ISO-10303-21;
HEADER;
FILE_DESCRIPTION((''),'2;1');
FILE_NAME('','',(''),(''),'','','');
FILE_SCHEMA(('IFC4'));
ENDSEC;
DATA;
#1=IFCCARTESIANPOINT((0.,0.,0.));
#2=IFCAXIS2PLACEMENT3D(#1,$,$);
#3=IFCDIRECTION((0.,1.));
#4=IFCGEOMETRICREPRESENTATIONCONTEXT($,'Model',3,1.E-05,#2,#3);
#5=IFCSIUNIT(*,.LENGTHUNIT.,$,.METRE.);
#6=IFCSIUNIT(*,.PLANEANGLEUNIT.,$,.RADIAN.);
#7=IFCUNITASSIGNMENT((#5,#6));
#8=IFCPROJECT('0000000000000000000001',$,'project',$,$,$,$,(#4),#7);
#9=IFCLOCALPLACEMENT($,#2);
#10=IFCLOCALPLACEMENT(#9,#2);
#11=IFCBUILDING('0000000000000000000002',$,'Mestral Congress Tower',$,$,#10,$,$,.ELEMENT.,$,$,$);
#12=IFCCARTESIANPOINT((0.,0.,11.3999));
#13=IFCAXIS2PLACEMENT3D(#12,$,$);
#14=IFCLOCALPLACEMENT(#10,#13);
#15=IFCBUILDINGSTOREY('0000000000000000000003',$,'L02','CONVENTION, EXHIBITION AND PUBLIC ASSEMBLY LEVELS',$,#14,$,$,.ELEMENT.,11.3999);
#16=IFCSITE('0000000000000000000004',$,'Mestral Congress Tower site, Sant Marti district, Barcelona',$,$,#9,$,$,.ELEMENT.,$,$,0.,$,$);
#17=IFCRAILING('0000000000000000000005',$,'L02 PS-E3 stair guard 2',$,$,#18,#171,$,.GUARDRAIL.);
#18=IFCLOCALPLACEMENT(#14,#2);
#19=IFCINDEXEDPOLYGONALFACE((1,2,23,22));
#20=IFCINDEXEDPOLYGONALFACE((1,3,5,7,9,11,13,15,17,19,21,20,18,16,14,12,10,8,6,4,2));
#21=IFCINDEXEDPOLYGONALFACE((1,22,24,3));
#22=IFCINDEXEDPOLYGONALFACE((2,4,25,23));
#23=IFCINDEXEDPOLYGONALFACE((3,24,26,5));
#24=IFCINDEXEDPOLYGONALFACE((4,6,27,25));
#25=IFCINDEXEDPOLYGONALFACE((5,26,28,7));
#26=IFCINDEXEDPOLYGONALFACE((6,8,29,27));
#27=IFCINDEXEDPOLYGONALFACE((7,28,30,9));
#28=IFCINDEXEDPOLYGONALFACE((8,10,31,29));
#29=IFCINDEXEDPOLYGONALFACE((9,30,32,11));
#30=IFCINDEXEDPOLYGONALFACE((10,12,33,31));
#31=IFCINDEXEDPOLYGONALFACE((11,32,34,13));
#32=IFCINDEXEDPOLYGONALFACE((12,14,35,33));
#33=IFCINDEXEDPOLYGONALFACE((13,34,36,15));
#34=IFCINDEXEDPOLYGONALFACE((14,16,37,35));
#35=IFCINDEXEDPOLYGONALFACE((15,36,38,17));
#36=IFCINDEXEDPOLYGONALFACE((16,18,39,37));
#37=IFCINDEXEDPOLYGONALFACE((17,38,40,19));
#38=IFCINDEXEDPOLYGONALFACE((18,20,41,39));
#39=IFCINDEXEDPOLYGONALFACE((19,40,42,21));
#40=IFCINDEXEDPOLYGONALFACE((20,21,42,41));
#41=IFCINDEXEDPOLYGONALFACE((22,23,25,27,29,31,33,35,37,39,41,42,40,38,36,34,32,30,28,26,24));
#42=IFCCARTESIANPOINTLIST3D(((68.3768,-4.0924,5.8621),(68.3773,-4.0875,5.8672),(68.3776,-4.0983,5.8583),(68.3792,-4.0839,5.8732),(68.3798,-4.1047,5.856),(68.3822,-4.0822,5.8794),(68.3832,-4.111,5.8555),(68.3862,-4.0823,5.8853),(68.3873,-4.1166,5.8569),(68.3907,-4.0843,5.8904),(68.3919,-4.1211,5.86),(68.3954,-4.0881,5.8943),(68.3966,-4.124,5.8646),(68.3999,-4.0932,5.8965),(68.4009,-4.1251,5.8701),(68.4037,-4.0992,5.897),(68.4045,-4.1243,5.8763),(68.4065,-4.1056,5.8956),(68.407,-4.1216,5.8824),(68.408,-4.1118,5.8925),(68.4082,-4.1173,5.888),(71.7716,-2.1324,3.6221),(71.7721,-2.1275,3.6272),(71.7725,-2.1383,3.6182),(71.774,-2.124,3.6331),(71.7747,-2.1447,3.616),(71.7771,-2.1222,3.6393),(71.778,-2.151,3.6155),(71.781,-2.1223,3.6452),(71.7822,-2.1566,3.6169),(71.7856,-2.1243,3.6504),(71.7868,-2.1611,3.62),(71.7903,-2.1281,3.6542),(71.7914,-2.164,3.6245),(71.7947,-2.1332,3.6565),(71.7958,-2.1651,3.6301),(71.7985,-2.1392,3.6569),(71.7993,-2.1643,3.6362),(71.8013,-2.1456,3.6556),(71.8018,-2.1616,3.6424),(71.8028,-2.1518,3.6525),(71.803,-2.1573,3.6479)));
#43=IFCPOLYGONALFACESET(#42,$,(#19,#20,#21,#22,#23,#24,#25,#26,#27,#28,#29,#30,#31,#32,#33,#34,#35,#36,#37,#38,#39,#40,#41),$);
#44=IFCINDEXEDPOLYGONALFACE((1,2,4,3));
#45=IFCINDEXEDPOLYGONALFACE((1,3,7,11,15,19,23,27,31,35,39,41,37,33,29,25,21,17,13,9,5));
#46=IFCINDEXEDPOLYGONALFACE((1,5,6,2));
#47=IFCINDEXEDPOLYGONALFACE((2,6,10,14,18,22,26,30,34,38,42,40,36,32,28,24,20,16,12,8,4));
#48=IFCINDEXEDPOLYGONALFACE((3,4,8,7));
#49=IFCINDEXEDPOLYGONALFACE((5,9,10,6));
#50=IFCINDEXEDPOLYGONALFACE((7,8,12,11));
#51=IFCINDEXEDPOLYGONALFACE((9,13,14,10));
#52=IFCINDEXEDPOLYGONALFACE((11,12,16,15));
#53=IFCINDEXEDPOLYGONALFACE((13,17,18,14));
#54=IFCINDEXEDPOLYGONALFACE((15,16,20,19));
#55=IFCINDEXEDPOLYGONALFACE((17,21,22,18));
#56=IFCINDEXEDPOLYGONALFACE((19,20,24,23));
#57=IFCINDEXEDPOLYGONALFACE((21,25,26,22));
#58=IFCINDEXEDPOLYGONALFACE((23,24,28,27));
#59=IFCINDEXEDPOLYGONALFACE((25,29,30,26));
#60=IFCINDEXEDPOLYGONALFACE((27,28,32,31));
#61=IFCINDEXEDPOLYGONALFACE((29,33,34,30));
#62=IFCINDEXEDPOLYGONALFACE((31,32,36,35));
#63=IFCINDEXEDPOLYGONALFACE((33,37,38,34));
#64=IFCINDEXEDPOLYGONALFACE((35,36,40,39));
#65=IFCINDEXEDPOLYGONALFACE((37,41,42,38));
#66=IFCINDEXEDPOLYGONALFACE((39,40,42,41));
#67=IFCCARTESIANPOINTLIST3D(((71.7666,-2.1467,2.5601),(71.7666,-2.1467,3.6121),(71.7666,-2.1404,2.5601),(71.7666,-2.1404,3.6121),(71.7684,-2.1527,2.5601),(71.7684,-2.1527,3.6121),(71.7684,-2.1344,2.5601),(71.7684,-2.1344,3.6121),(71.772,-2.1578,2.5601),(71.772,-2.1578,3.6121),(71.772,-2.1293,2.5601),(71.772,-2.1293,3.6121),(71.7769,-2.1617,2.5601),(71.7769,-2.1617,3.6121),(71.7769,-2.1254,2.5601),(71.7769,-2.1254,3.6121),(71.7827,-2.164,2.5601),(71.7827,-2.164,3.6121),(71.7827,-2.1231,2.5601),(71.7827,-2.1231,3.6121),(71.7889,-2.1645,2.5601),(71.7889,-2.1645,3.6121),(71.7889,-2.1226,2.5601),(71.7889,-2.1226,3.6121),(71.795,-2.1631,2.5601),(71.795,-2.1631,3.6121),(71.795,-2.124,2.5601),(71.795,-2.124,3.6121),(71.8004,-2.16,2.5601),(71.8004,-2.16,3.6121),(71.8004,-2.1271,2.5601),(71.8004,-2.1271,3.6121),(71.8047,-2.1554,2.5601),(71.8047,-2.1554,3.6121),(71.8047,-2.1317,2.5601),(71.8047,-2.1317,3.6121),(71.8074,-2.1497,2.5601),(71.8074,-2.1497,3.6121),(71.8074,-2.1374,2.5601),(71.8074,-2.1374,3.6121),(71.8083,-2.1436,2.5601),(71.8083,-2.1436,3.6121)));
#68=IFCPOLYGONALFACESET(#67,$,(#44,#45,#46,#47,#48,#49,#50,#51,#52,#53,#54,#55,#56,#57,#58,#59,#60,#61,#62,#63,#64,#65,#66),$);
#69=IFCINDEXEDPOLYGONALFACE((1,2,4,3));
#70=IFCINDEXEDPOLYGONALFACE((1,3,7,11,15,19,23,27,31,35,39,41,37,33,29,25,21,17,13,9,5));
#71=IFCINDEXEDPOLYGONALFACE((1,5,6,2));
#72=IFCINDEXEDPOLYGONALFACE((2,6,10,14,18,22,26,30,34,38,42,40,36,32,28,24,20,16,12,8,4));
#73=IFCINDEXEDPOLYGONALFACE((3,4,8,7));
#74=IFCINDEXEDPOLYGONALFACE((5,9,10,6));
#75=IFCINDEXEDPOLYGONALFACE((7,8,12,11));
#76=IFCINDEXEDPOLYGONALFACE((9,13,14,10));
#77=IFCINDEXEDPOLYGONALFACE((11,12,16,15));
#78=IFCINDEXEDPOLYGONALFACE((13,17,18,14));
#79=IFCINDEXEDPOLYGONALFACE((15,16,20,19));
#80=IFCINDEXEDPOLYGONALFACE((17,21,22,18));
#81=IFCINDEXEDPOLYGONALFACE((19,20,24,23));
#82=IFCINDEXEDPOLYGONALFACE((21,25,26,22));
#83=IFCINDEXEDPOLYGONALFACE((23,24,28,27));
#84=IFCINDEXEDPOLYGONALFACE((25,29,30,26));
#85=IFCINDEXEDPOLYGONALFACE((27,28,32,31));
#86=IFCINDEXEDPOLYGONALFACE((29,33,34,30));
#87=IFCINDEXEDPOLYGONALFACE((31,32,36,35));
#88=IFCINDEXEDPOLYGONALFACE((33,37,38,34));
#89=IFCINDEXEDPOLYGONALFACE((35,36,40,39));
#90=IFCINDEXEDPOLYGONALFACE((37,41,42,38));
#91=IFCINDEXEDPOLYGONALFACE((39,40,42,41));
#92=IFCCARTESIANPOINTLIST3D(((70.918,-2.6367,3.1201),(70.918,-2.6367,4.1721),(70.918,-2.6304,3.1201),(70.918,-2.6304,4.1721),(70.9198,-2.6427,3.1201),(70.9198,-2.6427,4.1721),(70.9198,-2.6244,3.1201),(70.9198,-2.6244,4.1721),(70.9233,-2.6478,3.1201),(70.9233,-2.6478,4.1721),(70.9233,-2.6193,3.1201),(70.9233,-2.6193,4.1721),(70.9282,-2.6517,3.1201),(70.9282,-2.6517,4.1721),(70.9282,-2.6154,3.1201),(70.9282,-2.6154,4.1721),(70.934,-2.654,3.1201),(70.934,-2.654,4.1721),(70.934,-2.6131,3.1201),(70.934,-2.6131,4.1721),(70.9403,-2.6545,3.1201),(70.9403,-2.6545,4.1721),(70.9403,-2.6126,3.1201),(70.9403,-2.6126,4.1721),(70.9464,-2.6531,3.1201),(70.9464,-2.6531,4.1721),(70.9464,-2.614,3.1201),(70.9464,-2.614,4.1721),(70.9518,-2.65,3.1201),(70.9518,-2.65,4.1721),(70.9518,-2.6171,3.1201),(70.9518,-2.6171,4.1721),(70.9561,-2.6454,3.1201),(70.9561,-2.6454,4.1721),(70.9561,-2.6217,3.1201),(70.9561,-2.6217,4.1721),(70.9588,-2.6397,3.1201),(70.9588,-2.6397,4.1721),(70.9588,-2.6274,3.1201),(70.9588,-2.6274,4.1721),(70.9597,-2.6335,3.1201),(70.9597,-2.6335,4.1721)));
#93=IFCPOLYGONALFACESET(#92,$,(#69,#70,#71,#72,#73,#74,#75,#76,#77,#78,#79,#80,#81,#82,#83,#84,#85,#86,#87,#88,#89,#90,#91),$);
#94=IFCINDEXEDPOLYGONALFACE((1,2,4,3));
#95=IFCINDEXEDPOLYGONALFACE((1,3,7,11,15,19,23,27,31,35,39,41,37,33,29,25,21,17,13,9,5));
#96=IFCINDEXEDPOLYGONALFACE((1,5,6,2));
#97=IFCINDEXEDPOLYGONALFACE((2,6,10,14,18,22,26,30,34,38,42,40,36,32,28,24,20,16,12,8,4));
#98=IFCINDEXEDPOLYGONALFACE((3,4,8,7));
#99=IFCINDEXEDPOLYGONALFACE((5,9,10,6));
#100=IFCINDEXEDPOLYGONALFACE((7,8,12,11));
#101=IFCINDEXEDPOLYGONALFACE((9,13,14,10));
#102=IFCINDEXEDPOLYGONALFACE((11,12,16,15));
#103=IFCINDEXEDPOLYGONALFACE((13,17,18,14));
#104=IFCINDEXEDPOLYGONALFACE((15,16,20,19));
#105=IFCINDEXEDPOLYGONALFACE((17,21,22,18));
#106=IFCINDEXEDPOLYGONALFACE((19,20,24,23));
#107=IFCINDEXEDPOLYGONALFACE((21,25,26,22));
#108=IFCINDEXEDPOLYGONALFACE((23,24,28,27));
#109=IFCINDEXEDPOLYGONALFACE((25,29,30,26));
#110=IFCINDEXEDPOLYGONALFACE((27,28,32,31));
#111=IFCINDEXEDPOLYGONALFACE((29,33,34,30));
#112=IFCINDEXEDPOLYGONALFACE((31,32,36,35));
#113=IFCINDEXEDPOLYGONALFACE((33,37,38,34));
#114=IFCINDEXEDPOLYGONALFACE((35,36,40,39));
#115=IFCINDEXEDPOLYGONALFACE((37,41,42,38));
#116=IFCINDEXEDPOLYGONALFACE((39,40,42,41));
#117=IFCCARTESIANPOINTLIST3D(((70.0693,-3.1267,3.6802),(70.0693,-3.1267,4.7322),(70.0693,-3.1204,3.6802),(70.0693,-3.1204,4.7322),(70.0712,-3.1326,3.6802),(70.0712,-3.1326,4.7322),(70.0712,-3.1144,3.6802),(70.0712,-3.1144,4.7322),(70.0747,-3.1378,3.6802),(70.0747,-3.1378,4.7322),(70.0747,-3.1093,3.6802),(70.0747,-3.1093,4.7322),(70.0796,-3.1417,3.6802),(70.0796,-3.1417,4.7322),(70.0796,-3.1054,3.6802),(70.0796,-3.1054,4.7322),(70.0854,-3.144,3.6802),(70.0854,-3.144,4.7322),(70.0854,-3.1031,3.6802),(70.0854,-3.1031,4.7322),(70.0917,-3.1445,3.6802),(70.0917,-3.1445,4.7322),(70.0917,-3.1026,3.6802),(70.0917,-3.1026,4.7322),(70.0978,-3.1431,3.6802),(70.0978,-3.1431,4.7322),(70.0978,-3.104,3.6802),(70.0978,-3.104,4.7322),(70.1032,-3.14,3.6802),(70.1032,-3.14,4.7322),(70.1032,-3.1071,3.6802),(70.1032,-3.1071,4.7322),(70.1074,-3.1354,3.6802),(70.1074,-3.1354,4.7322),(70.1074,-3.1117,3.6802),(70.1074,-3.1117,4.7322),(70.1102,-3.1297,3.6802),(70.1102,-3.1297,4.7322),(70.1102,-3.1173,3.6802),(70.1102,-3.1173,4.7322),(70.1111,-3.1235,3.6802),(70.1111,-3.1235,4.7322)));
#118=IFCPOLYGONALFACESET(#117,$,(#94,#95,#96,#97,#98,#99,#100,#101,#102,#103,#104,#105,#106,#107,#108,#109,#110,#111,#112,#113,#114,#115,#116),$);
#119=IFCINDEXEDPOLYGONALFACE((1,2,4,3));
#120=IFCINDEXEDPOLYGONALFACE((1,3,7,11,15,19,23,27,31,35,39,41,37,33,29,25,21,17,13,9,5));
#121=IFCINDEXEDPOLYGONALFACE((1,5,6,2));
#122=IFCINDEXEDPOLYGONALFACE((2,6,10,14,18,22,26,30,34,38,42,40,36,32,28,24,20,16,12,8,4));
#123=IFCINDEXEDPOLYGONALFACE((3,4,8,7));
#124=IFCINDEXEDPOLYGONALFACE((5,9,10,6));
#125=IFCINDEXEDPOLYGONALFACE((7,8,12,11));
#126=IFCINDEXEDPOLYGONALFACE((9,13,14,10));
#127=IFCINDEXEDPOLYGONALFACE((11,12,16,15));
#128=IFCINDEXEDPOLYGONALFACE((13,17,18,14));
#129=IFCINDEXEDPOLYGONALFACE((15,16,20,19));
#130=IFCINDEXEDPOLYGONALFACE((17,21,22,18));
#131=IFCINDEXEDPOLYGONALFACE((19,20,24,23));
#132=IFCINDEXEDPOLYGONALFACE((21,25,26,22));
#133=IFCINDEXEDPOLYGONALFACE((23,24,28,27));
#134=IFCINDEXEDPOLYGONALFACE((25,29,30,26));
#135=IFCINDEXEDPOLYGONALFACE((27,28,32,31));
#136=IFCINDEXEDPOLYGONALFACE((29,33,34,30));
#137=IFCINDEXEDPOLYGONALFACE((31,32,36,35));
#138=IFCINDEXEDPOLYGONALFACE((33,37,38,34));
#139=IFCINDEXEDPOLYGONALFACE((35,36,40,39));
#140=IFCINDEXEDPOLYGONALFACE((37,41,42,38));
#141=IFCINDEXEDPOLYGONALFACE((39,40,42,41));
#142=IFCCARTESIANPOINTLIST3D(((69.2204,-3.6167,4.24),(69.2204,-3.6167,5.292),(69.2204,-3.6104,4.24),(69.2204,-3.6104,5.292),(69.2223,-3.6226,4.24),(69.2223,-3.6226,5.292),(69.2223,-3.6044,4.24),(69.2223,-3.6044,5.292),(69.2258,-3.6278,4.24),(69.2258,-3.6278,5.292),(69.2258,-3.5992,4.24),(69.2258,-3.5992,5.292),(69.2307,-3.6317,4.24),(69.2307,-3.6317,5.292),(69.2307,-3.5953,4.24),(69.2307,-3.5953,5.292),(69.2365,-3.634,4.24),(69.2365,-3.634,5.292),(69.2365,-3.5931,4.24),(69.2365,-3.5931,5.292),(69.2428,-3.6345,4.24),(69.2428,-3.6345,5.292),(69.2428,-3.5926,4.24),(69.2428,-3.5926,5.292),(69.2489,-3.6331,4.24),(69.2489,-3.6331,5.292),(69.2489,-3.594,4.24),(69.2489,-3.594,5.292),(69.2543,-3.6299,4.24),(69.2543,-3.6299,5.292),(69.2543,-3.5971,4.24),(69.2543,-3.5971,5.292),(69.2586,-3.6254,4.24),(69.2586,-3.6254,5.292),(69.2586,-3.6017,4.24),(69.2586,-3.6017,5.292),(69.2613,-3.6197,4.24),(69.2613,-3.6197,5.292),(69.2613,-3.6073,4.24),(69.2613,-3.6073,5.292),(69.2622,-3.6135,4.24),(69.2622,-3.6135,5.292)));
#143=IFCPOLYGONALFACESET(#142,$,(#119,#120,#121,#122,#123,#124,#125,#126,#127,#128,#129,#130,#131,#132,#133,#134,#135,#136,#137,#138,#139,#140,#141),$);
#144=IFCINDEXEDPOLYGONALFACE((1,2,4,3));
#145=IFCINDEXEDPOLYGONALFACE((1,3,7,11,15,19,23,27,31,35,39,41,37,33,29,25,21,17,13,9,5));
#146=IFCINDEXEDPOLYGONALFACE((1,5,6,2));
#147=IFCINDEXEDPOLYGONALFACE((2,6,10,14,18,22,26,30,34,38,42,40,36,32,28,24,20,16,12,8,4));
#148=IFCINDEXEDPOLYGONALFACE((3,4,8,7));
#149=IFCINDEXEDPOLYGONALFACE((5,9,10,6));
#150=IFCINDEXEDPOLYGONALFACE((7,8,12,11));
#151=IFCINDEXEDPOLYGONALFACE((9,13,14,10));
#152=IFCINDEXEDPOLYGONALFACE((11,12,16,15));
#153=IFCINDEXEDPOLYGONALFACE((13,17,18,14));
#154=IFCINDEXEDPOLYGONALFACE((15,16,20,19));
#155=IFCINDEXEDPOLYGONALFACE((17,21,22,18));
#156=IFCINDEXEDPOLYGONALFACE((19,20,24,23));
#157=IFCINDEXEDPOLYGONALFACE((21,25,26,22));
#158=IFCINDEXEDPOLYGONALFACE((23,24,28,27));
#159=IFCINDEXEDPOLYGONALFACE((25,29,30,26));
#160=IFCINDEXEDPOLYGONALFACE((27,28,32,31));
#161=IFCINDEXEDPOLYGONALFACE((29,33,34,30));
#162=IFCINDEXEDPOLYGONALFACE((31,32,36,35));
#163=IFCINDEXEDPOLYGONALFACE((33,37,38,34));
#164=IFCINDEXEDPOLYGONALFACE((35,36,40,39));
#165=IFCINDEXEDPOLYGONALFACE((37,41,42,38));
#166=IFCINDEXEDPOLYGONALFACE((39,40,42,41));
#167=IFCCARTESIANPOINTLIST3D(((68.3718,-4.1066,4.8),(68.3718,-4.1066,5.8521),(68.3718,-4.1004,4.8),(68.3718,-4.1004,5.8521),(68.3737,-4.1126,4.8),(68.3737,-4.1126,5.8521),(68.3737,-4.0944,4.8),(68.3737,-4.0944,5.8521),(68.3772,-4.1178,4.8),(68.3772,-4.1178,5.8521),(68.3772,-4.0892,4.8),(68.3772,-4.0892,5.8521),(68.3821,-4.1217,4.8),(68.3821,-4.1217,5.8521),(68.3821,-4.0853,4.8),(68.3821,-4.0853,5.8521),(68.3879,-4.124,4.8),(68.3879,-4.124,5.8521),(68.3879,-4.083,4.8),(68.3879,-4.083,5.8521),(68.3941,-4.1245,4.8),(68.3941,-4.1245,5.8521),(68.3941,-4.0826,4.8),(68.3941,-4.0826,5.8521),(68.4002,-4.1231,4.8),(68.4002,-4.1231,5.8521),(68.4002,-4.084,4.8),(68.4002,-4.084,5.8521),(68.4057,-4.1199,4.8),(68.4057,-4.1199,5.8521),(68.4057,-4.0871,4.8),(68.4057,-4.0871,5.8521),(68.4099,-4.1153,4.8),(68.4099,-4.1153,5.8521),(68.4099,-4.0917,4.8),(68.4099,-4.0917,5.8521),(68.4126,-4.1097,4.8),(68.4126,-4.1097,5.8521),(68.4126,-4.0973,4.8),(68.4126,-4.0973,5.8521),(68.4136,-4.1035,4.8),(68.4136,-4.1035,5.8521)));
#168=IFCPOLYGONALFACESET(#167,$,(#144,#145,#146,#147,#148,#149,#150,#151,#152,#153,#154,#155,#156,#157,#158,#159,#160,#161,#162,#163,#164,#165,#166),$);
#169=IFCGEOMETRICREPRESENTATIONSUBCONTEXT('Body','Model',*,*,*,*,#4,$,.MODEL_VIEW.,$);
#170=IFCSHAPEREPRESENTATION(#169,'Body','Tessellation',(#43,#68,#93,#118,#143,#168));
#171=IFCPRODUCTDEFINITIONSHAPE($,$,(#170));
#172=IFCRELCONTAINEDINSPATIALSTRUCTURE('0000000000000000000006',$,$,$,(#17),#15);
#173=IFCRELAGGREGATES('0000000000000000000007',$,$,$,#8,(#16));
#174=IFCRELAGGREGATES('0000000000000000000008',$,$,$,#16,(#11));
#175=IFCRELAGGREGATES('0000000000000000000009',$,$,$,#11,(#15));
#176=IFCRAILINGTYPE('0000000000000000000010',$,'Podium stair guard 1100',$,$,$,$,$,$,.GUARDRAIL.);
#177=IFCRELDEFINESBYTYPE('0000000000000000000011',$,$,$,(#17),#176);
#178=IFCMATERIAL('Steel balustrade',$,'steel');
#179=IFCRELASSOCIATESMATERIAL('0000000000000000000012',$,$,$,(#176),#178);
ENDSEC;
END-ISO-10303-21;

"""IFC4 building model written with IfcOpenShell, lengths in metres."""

from ifc_helpers import new_model, si_unit, direction, frame, origin, origin_2d, place, context, subcontext, project, spatial, circle, extrude, material, type_object, element, save


model = new_model("IFC4")

# Units and contexts
model_context = context("Model", 3, precision=1e-05, world=origin(), true_north=direction((0.0, 1.0)))
body_context = subcontext(model_context, "Body", "Model", "MODEL_VIEW")
ifc_project = project(units=[si_unit("LENGTHUNIT", "METRE"), si_unit("PLANEANGLEUNIT", "RADIAN")], contexts=[model_context])

# Site, building, storey
site_placement = place(None, origin())
site = spatial("IfcSite", under=ifc_project, at=site_placement, Name="Mestral Congress Tower site, Sant Marti district, Barcelona", CompositionType="ELEMENT", RefElevation=0.0)
building_placement = place(site_placement, origin())
building = spatial("IfcBuilding", under=site, at=building_placement, Name="Mestral Congress Tower", CompositionType="ELEMENT")
storey_placement = place(building_placement, frame((0.0, 0.0, 11.3999)))
storey = spatial("IfcBuildingStorey", under=building, at=storey_placement, Name="L02", Description="CONVENTION, EXHIBITION AND PUBLIC ASSEMBLY LEVELS", CompositionType="ELEMENT", Elevation=11.3999)

# Railing
ifc_material_1 = material(Name="Steel balustrade", Category="steel")
railing_type_1 = type_object("IfcRailingType", Name="Podium stair guard 1100", PredefinedType="GUARDRAIL", material=ifc_material_1)
railing_1_placement = place(storey_placement, frame((71.7874, -2.1436, 2.5601)))
element("IfcRailing", 1, at=railing_1_placement, inside=storey, type_object=railing_type_1, Name="L02 PS-E3 stair guard 2", PredefinedType="GUARDRAIL", context=body_context, shape_type="SweptSolid", body=[
    extrude(circle(Radius=0.0239, at=origin_2d()), frame((0.0, 0.0, 1.0762), z_axis=(-0.75192, -0.434118, 0.496143), x_axis=(0.499997, -0.866027, 0.0)), (0.0, 0.0, 1.0), 4.5149),
    extrude(circle(Radius=0.021, at=origin_2d()), origin(), (0.0, 0.0, 1.0), 1.052),
    extrude(circle(Radius=0.021, at=origin_2d()), frame((-0.8486, -0.49, 0.5601)), (0.0, 0.0, 1.0), 1.052),
    extrude(circle(Radius=0.021, at=origin_2d()), frame((-1.6973, -0.98, 1.1201)), (0.0, 0.0, 1.0), 1.052),
    extrude(circle(Radius=0.021, at=origin_2d()), frame((-2.5461, -1.47, 1.6799)), (0.0, 0.0, 1.0), 1.052),
    extrude(circle(Radius=0.021, at=origin_2d()), frame((-3.3948, -1.96, 2.24)), (0.0, 0.0, 1.0), 1.052),
])

save(model, "model.ifc")
